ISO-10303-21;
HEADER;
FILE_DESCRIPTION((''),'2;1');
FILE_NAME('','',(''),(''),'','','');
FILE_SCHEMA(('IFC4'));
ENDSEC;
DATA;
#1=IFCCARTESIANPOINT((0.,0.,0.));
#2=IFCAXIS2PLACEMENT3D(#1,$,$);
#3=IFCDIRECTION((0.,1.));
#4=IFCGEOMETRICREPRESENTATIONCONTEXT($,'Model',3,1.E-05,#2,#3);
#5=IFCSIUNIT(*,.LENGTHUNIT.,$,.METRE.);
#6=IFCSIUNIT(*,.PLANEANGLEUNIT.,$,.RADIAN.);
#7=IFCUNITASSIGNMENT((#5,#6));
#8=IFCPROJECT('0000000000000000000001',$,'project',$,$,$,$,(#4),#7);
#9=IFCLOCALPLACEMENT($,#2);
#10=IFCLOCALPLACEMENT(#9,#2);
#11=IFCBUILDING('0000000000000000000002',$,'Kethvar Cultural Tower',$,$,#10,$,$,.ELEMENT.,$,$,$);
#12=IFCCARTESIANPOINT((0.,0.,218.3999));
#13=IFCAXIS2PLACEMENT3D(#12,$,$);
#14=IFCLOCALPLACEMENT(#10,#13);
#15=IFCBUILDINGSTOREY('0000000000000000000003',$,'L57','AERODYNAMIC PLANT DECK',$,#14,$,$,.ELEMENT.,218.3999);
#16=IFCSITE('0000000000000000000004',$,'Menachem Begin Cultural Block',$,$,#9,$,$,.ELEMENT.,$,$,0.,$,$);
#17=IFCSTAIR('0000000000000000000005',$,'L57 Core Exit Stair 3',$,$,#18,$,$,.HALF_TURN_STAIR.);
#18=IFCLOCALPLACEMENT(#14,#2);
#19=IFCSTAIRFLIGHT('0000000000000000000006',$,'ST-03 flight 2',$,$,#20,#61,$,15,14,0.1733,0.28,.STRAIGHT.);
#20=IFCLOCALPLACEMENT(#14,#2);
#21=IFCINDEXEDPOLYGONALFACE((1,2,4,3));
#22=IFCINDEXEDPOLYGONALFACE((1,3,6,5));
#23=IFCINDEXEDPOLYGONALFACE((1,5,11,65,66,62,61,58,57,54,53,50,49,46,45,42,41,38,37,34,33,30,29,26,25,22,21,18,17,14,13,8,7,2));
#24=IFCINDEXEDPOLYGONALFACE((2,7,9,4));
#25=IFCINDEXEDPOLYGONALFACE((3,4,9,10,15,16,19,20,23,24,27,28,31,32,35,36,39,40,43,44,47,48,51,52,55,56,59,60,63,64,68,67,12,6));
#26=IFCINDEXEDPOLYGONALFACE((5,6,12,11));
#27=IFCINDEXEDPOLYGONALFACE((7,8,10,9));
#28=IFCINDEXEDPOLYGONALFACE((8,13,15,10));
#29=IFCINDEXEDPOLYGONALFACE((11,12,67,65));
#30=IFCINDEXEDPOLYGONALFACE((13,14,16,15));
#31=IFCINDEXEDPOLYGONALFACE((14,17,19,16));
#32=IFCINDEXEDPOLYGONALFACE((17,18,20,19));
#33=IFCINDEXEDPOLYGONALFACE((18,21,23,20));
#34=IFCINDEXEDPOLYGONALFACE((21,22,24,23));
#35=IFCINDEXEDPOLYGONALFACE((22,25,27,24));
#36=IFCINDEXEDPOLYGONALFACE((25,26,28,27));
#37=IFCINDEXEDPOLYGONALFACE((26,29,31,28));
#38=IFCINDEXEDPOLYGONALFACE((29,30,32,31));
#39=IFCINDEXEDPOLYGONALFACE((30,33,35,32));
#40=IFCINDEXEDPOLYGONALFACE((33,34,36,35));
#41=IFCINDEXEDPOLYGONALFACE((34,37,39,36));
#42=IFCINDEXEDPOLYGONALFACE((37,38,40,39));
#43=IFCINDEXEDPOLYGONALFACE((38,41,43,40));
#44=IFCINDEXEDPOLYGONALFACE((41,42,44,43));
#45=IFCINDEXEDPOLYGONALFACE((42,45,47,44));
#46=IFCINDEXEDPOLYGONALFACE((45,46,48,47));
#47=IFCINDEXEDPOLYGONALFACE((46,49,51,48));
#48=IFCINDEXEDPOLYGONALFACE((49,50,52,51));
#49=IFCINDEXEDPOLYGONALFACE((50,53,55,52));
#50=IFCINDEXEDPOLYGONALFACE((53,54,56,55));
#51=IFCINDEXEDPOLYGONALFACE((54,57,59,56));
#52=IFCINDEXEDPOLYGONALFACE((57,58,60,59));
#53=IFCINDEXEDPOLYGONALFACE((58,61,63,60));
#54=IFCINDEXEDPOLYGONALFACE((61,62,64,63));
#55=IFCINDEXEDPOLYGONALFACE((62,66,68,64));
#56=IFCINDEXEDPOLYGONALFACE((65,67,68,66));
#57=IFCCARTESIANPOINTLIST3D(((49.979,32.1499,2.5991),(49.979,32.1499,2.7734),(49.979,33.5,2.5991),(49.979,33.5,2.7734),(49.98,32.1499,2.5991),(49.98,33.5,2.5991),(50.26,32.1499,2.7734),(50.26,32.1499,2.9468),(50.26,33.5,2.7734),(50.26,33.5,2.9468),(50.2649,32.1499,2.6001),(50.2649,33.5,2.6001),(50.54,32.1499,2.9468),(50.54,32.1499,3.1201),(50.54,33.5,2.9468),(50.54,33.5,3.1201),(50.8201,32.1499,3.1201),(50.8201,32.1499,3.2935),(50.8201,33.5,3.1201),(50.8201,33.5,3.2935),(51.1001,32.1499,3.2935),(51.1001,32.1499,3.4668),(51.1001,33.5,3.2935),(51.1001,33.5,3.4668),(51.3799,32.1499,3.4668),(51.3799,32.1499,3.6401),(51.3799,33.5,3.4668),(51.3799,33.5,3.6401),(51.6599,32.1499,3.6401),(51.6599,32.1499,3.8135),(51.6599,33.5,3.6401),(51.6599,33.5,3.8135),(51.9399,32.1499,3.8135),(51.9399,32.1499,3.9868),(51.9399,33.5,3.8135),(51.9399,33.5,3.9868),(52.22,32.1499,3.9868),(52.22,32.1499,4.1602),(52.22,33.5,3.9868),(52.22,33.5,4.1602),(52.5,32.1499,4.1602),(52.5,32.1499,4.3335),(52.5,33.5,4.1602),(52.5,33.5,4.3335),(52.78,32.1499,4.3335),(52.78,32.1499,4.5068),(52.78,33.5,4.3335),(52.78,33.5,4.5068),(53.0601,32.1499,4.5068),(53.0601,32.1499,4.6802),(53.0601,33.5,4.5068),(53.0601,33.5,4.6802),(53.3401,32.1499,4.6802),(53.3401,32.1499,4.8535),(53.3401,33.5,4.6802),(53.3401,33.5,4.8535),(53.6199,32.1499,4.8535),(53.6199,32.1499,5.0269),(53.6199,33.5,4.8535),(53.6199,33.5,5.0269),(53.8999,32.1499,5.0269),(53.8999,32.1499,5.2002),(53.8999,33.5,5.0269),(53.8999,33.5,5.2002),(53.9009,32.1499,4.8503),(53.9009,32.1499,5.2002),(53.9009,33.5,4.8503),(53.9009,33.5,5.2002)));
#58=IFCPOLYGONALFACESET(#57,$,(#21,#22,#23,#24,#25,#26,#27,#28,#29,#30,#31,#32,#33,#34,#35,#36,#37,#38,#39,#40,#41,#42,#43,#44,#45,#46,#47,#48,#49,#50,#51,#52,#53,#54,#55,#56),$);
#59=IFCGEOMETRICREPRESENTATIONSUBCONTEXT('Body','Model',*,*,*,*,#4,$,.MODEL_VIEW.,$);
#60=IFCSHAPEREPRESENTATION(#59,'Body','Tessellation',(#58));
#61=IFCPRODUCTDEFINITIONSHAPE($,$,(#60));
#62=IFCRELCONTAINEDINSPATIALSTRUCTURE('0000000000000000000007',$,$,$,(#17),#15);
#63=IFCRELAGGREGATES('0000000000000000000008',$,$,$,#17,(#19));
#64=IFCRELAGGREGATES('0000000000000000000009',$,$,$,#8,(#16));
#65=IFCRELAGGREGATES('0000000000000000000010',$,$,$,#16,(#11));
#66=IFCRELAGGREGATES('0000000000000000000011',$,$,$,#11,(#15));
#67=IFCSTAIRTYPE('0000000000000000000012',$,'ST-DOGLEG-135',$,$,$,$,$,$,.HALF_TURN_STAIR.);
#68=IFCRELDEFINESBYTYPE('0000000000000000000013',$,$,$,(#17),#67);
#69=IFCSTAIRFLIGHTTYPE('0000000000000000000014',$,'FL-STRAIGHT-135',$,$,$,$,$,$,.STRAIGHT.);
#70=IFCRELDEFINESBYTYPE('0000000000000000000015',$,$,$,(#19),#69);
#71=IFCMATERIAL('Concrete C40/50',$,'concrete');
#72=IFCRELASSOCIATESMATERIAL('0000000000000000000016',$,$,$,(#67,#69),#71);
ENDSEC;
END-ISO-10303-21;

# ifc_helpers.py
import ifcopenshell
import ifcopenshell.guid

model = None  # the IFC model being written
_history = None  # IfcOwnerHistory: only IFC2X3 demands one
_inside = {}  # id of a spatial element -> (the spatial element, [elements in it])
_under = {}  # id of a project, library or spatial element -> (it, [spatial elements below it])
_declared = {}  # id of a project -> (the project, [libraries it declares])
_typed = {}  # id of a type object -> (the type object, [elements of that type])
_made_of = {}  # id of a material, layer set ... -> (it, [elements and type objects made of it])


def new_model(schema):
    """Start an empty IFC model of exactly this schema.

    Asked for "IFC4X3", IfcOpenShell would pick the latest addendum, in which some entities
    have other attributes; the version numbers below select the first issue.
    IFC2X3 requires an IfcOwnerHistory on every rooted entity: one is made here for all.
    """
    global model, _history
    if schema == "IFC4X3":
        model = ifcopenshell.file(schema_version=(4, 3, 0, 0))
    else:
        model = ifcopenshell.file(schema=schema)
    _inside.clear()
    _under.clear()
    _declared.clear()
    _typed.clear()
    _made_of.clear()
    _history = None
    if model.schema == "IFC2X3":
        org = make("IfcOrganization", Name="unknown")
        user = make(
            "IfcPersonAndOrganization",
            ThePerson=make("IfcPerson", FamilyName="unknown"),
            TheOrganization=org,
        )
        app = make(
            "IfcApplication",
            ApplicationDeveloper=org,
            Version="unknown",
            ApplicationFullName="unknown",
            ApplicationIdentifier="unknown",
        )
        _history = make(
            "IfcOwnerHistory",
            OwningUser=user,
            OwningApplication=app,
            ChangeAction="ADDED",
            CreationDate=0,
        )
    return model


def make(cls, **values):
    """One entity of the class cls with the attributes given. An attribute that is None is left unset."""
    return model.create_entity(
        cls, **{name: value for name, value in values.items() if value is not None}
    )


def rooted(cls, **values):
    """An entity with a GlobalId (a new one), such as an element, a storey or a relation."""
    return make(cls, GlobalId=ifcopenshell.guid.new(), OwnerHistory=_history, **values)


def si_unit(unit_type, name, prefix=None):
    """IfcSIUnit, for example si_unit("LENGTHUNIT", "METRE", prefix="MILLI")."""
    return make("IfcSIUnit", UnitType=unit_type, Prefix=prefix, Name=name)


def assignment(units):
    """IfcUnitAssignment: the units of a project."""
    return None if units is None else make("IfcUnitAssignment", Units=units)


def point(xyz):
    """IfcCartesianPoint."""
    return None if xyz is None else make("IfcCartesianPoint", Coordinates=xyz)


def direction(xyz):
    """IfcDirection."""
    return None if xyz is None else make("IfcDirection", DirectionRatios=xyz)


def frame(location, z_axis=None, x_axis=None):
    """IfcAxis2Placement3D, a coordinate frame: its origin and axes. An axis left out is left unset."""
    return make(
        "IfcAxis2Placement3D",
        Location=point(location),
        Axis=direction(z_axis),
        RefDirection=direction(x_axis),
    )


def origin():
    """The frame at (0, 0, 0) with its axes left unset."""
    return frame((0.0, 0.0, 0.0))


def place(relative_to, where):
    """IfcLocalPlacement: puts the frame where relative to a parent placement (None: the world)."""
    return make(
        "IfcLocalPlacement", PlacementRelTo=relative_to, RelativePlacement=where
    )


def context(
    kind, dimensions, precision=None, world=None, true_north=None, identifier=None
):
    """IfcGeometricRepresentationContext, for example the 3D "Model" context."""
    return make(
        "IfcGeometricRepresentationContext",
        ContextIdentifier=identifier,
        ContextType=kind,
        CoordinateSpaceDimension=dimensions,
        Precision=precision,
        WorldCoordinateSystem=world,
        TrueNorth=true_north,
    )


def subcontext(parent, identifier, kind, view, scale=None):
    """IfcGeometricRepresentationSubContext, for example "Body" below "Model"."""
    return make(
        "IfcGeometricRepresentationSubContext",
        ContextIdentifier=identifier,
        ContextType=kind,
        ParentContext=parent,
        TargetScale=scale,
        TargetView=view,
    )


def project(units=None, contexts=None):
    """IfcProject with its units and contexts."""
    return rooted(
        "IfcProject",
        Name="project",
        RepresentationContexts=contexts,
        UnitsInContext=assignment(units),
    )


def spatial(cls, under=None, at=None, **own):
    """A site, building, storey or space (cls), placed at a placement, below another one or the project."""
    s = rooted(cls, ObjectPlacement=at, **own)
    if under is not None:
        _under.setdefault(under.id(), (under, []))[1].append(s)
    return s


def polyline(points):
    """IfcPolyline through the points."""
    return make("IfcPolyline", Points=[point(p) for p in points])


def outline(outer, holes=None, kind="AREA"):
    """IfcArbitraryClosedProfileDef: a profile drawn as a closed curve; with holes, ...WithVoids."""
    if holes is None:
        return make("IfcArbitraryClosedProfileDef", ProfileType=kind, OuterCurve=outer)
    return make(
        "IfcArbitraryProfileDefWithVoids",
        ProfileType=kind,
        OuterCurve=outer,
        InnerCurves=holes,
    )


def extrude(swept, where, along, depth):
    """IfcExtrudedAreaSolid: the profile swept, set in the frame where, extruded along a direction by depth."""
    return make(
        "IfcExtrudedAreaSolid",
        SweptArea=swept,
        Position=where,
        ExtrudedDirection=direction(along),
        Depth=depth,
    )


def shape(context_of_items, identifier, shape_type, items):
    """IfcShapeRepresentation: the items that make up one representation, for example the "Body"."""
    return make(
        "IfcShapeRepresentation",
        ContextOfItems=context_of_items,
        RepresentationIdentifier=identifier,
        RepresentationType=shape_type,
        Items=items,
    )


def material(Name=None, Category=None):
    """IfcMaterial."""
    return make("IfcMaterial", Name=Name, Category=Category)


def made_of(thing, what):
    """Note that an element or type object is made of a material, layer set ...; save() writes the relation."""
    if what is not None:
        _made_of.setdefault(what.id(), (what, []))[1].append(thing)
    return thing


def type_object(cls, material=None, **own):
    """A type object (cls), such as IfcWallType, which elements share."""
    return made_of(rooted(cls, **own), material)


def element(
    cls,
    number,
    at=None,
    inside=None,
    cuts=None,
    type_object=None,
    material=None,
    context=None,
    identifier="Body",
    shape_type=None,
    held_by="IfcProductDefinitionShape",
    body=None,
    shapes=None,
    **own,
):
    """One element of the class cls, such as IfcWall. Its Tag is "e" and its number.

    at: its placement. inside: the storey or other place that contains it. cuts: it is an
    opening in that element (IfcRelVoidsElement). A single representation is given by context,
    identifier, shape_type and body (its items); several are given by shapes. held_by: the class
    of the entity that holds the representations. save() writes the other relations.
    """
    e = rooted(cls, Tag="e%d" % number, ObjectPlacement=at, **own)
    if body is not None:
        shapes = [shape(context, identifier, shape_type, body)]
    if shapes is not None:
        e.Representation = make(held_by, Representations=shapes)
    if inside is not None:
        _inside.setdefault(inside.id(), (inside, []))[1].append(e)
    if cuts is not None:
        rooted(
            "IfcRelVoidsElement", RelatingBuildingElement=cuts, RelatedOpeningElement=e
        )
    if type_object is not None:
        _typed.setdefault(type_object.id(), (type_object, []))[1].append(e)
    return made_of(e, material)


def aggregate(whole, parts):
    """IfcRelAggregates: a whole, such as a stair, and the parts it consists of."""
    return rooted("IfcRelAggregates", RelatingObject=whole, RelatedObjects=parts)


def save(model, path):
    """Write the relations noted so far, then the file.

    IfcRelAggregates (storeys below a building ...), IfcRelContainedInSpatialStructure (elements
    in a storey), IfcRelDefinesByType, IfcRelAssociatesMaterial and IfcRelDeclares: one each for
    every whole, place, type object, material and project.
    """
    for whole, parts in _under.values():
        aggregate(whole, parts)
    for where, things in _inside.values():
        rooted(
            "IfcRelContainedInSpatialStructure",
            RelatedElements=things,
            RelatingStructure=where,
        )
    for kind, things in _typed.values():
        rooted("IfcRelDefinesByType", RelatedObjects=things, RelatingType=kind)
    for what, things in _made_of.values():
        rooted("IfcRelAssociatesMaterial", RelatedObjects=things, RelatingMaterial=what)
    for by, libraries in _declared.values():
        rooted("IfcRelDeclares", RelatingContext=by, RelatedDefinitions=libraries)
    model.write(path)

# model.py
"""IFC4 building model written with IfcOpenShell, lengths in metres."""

from ifc_helpers import new_model, si_unit, direction, frame, origin, place, context, subcontext, project, spatial, polyline, outline, extrude, material, type_object, element, aggregate, save


model = new_model("IFC4")

# Units and contexts
model_context = context("Model", 3, precision=1e-05, world=origin(), true_north=direction((0.0, 1.0)))
body_context = subcontext(model_context, "Body", "Model", "MODEL_VIEW")
ifc_project = project(units=[si_unit("LENGTHUNIT", "METRE"), si_unit("PLANEANGLEUNIT", "RADIAN")], contexts=[model_context])

# Site, building, storey
site_placement = place(None, origin())
site = spatial("IfcSite", under=ifc_project, at=site_placement, Name="Menachem Begin Cultural Block", CompositionType="ELEMENT", RefElevation=0.0)
building_placement = place(site_placement, origin())
building = spatial("IfcBuilding", under=site, at=building_placement, Name="Kethvar Cultural Tower", CompositionType="ELEMENT")
storey_placement = place(building_placement, frame((0.0, 0.0, 218.3999)))
storey = spatial("IfcBuildingStorey", under=building, at=storey_placement, Name="L57", Description="AERODYNAMIC PLANT DECK", CompositionType="ELEMENT", Elevation=218.3999)

# Shared definitions
ifc_material_1 = material(Name="Concrete C40/50", Category="concrete")

# Stair, stair flight
stair_type = type_object("IfcStairType", Name="ST-DOGLEG-135", PredefinedType="HALF_TURN_STAIR", material=ifc_material_1)
stair_placement = place(storey_placement, origin())
stair = element("IfcStair", 1, at=stair_placement, inside=storey, type_object=stair_type, Name="L57 Core Exit Stair 3", PredefinedType="HALF_TURN_STAIR")
stair_flight_type = type_object("IfcStairFlightType", Name="FL-STRAIGHT-135", PredefinedType="STRAIGHT", material=ifc_material_1)
stair_flight_1_placement = place(storey_placement, frame((49.98, 32.825, 2.6001), z_axis=(0.0, 0.0, 1.0), x_axis=(1.0, 0.0, 0.0)))
stair_flight_1 = element("IfcStairFlight", 2, at=stair_flight_1_placement, type_object=stair_flight_type, Name="ST-03 flight 2", NumberOfRisers=15, NumberOfTreads=14, PredefinedType="STRAIGHT", RiserHeight=0.1733, TreadLength=0.28, context=body_context, shape_type="SweptSolid", body=[
    extrude(outline(polyline([(-0.001, -0.001), (-0.001, 0.1733), (0.28, 0.1733), (0.28, 0.3467), (0.5601, 0.3467), (0.5601, 0.52), (0.8401, 0.52), (0.8401, 0.6934), (1.1201, 0.6934), (1.1201, 0.8667), (1.3999, 0.8667), (1.3999, 1.04), (1.6799, 1.04), (1.6799, 1.2134), (1.96, 1.2134), (1.96, 1.3867), (2.24, 1.3867), (2.24, 1.5601), (2.52, 1.5601), (2.52, 1.7334), (2.8, 1.7334), (2.8, 1.9067), (3.0801, 1.9067), (3.0801, 2.0801), (3.3601, 2.0801), (3.3601, 2.2534), (3.6399, 2.2534), (3.6399, 2.4268), (3.9199, 2.4268), (3.9199, 2.6001), (3.9209, 2.6001), (3.9209, 2.2502), (0.2849, 0.0), (0.0, -0.001), (-0.001, -0.001)])), frame((0.0, 0.675, 0.0), z_axis=(0.0, -1.0, 0.0), x_axis=(1.0, 0.0, 0.0)), (0.0, 0.0, 1.0), 1.3501),
])
aggregate(stair, [stair_flight_1])

save(model, "model.ifc")
